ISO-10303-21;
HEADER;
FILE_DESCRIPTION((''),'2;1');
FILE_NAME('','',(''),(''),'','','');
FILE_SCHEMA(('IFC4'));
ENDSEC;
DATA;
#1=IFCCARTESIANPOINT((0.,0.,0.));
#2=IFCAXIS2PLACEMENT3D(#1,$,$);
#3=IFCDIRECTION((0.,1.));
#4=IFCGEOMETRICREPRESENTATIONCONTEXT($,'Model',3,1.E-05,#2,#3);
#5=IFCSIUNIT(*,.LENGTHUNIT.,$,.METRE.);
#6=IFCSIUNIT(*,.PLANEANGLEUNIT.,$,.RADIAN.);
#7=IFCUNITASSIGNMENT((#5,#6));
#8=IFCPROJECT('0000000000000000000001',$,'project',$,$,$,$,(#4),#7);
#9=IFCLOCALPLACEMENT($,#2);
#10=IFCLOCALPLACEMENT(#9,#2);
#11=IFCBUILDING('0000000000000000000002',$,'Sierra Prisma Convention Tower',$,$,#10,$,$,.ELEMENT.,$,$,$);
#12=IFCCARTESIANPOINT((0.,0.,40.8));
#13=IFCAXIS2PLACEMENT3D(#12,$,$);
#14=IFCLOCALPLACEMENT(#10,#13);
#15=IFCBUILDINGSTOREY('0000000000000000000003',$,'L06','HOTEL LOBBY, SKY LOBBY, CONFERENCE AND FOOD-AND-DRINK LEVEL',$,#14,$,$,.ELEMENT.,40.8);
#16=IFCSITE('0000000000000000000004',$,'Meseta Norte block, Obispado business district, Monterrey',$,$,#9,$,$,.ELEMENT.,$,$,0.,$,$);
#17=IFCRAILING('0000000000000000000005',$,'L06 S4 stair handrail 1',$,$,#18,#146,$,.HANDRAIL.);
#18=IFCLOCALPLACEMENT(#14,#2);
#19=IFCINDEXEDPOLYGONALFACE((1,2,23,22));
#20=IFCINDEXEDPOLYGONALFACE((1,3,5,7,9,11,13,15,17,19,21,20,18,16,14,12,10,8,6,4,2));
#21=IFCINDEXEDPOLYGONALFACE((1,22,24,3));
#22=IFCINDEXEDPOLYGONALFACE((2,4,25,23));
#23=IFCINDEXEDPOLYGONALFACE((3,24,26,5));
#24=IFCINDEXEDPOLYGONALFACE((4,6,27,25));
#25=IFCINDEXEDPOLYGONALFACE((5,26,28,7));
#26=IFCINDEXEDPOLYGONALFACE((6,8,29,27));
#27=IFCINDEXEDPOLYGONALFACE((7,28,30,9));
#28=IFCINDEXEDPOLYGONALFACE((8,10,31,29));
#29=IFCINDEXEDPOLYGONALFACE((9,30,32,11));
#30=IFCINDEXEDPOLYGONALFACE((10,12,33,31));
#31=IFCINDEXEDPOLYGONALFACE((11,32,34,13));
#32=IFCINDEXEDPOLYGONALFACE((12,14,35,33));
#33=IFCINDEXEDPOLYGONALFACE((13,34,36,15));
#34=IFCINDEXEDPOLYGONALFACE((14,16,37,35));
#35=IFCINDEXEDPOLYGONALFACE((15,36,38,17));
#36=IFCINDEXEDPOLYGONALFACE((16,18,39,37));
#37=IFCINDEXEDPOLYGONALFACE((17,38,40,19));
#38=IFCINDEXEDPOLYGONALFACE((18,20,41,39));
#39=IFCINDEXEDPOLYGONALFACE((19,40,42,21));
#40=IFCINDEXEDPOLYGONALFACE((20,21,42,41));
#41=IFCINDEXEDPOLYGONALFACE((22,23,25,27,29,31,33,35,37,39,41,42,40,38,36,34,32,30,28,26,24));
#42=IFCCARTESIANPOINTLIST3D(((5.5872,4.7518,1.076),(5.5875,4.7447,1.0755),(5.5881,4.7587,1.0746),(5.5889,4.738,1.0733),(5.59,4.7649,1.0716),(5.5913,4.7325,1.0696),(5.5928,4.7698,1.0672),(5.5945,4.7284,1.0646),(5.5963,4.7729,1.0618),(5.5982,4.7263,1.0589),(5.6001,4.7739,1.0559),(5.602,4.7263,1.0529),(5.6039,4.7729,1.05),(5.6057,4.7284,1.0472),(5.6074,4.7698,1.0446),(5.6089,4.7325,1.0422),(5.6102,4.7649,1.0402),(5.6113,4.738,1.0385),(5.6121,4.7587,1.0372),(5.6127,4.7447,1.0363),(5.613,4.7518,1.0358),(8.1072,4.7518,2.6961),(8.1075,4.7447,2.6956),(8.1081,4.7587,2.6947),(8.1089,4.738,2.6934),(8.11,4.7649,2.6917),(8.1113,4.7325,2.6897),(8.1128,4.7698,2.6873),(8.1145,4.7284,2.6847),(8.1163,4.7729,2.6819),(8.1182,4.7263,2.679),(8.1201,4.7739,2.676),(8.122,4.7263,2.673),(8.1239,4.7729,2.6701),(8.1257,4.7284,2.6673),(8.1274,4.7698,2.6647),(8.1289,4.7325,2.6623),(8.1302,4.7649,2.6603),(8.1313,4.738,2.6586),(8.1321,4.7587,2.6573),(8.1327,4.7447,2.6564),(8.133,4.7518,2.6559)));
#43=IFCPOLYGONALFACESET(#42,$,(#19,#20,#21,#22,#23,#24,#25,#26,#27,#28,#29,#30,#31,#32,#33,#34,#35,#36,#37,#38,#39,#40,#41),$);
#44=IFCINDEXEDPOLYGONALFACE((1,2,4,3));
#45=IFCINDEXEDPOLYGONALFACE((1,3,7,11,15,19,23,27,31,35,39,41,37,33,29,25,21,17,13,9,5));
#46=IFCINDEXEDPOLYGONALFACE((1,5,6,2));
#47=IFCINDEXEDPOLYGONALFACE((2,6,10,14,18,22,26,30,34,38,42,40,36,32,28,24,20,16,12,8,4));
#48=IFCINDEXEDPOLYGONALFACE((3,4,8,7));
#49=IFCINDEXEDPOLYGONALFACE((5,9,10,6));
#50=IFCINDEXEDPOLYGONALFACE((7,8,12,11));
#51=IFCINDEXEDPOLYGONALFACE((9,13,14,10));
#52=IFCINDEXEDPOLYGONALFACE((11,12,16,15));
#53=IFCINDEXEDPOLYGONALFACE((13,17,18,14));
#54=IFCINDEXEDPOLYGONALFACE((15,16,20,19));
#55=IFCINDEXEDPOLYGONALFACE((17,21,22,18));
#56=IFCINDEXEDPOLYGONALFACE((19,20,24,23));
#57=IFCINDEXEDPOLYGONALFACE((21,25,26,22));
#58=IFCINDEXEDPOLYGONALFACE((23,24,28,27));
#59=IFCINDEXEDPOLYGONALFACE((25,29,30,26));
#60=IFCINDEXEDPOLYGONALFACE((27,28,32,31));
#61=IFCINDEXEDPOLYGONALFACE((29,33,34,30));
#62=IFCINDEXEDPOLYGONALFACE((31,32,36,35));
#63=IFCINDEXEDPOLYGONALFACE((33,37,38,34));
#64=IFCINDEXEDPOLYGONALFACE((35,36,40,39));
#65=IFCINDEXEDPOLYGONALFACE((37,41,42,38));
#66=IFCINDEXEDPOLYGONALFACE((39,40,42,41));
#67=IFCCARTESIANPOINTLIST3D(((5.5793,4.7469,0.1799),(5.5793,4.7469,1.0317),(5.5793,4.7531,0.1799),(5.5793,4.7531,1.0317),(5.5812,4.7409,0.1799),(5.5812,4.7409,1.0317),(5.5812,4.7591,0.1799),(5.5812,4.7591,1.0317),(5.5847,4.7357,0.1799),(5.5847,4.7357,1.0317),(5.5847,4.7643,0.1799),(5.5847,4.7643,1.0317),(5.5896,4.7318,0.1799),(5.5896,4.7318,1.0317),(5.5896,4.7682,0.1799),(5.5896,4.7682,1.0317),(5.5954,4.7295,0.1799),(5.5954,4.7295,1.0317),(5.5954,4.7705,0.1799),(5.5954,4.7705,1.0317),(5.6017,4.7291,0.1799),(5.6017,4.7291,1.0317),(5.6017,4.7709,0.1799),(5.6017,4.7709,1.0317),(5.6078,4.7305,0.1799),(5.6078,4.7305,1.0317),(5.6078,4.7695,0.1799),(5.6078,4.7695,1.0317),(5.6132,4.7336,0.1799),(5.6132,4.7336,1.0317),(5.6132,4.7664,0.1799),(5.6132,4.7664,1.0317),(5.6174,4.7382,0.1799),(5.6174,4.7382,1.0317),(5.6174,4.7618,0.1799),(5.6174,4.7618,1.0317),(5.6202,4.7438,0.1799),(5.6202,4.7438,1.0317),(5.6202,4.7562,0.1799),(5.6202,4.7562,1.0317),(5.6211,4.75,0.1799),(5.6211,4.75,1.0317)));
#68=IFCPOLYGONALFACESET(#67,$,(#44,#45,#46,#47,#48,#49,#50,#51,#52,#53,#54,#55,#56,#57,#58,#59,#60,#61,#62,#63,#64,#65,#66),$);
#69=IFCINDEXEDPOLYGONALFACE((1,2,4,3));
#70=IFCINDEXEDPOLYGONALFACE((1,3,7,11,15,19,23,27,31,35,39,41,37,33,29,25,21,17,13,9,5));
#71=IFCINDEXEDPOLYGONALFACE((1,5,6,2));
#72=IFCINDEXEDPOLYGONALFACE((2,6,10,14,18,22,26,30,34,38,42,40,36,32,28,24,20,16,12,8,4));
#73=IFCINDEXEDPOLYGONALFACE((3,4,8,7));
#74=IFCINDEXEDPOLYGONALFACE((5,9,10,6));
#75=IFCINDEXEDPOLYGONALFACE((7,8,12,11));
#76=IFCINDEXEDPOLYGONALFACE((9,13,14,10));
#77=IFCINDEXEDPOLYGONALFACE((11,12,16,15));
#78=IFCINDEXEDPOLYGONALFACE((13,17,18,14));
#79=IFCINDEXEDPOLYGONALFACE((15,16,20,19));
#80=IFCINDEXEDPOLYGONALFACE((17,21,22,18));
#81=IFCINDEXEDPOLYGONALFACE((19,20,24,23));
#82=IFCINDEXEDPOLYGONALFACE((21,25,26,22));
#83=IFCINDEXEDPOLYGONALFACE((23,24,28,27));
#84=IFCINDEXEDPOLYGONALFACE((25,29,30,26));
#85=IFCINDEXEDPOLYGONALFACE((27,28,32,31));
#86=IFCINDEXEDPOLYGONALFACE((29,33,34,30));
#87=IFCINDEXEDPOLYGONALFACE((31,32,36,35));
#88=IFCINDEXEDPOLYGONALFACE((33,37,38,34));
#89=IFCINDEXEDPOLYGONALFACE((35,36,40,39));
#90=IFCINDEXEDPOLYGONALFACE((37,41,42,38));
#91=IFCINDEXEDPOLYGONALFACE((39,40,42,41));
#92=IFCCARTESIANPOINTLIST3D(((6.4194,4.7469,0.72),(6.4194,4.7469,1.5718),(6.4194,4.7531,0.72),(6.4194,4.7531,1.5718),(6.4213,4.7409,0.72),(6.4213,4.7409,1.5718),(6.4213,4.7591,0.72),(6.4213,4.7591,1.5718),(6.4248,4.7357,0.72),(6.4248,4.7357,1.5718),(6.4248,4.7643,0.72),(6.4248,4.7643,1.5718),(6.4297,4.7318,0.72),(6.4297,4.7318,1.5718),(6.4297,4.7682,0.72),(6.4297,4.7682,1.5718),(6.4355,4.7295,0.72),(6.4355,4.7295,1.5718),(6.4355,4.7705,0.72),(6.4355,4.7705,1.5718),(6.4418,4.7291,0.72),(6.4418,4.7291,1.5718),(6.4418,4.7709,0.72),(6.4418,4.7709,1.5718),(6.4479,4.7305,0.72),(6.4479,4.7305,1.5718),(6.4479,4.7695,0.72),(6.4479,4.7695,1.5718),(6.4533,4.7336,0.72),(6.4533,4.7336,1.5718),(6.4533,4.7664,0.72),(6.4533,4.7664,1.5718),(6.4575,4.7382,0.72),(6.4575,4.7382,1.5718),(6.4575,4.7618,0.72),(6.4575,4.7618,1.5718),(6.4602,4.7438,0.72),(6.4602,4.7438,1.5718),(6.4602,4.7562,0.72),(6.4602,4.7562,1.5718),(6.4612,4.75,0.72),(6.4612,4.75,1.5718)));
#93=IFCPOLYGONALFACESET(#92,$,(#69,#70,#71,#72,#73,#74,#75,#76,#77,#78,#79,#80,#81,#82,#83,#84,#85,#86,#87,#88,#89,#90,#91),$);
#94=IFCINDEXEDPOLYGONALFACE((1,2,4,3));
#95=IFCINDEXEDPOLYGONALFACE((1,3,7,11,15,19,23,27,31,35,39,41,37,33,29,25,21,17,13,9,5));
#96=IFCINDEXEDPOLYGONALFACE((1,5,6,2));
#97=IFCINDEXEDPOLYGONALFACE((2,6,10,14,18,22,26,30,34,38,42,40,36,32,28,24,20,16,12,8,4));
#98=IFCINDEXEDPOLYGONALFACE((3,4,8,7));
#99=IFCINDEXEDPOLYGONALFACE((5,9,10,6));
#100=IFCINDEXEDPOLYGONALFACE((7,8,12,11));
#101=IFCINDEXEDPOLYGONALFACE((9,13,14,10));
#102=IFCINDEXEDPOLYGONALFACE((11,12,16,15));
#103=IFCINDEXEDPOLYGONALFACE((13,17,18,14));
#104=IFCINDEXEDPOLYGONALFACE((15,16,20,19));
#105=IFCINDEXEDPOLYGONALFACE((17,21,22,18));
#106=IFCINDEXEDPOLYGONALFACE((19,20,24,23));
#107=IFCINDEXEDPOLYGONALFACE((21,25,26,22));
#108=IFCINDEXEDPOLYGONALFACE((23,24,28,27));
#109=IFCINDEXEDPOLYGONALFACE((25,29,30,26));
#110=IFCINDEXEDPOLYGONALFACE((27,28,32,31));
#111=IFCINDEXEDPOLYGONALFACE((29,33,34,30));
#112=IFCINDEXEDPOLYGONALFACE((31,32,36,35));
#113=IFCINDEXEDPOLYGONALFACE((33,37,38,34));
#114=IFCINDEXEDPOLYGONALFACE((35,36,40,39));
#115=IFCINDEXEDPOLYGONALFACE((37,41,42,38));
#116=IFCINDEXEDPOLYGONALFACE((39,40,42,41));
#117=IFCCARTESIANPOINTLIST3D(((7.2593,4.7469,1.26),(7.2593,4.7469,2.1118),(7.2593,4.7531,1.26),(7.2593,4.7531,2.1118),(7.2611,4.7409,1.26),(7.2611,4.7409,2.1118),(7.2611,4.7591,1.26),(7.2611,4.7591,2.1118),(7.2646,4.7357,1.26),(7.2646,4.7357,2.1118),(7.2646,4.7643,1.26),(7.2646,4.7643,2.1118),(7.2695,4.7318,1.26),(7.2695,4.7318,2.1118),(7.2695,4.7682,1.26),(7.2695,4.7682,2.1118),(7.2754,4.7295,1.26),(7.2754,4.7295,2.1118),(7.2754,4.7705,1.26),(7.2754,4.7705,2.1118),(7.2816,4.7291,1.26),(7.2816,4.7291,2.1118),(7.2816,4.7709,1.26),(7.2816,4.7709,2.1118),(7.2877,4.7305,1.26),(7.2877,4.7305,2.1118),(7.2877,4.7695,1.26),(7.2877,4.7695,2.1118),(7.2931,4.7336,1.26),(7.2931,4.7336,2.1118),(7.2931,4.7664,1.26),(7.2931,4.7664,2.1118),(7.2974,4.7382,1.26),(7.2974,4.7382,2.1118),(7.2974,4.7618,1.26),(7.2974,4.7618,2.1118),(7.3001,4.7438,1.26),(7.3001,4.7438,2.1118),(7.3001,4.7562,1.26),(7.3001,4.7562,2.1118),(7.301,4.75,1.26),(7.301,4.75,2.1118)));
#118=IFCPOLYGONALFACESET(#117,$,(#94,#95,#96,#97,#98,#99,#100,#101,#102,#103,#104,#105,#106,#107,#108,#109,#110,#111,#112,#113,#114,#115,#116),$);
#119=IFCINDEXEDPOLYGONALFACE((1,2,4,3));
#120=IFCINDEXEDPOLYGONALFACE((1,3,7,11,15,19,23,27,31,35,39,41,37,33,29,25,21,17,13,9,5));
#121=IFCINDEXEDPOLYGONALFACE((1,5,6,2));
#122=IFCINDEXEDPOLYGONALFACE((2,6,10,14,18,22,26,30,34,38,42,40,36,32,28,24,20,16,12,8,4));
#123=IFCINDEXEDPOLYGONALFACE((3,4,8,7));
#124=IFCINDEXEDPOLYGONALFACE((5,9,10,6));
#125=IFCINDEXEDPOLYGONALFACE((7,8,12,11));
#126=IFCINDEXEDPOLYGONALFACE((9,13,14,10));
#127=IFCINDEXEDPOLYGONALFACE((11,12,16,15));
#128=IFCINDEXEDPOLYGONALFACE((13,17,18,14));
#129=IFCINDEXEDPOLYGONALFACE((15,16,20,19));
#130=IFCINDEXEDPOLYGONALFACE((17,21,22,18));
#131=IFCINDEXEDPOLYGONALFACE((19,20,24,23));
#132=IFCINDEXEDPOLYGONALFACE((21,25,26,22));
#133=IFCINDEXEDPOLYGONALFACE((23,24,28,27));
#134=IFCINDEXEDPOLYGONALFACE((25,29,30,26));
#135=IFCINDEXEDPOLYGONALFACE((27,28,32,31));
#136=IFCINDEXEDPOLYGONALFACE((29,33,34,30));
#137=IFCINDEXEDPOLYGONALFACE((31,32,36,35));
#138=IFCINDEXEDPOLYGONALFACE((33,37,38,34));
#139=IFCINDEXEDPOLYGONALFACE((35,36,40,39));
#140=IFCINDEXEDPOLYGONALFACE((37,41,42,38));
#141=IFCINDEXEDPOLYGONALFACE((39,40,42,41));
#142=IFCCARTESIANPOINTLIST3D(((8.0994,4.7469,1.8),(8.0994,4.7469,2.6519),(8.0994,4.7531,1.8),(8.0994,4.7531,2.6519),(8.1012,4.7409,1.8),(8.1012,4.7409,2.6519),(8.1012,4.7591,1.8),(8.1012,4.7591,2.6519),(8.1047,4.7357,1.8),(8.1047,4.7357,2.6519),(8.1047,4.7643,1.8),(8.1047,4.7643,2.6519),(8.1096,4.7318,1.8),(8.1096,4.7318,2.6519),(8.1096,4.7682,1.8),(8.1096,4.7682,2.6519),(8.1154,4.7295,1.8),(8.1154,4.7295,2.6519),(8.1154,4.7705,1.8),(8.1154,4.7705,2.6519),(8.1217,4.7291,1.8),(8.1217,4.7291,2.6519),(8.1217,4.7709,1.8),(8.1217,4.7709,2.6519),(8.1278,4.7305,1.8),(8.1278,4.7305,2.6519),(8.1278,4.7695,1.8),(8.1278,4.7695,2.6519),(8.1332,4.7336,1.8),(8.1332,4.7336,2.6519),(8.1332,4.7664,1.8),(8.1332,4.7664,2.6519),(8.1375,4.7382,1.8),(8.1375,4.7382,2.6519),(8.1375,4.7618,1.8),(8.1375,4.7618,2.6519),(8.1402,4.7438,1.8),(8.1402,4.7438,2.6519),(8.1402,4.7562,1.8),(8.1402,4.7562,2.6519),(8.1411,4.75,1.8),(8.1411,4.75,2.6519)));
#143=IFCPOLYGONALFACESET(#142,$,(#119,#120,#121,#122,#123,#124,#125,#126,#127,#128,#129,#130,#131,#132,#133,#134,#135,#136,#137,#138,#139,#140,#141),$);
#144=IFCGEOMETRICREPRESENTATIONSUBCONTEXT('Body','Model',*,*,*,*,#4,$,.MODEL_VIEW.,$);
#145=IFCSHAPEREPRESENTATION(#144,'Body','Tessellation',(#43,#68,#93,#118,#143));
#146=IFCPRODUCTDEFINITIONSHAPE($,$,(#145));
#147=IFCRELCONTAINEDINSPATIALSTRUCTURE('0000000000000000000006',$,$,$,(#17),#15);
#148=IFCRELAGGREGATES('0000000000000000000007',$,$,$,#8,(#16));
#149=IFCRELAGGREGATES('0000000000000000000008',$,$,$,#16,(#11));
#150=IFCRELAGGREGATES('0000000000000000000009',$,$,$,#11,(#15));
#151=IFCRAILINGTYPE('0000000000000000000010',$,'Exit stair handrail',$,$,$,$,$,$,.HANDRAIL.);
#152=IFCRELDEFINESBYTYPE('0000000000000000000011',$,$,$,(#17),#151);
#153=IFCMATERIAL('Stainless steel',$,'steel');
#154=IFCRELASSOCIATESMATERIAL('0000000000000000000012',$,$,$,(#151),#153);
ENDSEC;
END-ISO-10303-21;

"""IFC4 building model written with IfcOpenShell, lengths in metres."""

from ifc_helpers import new_model, si_unit, direction, frame, origin, origin_2d, place, context, subcontext, project, spatial, circle, extrude, material, type_object, element, save


model = new_model("IFC4")

# Units and contexts
model_context = context("Model", 3, precision=1e-05, world=origin(), true_north=direction((0.0, 1.0)))
body_context = subcontext(model_context, "Body", "Model", "MODEL_VIEW")
ifc_project = project(units=[si_unit("LENGTHUNIT", "METRE"), si_unit("PLANEANGLEUNIT", "RADIAN")], contexts=[model_context])

# Site, building, storey
site_placement = place(None, origin())
site = spatial("IfcSite", under=ifc_project, at=site_placement, Name="Meseta Norte block, Obispado business district, Monterrey", CompositionType="ELEMENT", RefElevation=0.0)
building_placement = place(site_placement, origin())
building = spatial("IfcBuilding", under=site, at=building_placement, Name="Sierra Prisma Convention Tower", CompositionType="ELEMENT")
storey_placement = place(building_placement, frame((0.0, 0.0, 40.8)))
storey = spatial("IfcBuildingStorey", under=building, at=storey_placement, Name="L06", Description="HOTEL LOBBY, SKY LOBBY, CONFERENCE AND FOOD-AND-DRINK LEVEL", CompositionType="ELEMENT", Elevation=40.8)

# Railing
ifc_material_1 = material(Name="Stainless steel", Category="steel")
railing_type_1 = type_object("IfcRailingType", Name="Exit stair handrail", PredefinedType="HANDRAIL", material=ifc_material_1)
railing_1_placement = place(storey_placement, frame((5.6001, 4.75, 0.1799)))
element("IfcRailing", 1, at=railing_1_placement, inside=storey, type_object=railing_type_1, Name="L06 S4 stair handrail 1", PredefinedType="HANDRAIL", context=body_context, shape_type="SweptSolid", body=[
    extrude(circle(Radius=0.0239, at=origin_2d()), frame((0.0, 0.0, 0.876), z_axis=(0.841163, 0.0, 0.540782), x_axis=(0.0, 1.0, 0.0)), (0.0, 0.0, 1.0), 2.9958),
    extrude(circle(Radius=0.021, at=origin_2d()), origin(), (0.0, 0.0, 1.0), 0.8518),
    extrude(circle(Radius=0.021, at=origin_2d()), frame((0.8401, 0.0, 0.54)), (0.0, 0.0, 1.0), 0.8518),
    extrude(circle(Radius=0.021, at=origin_2d()), frame((1.6799, 0.0, 1.0801)), (0.0, 0.0, 1.0), 0.8518),
    extrude(circle(Radius=0.021, at=origin_2d()), frame((2.52, 0.0, 1.6201)), (0.0, 0.0, 1.0), 0.8518),
])

save(model, "model.ifc")
